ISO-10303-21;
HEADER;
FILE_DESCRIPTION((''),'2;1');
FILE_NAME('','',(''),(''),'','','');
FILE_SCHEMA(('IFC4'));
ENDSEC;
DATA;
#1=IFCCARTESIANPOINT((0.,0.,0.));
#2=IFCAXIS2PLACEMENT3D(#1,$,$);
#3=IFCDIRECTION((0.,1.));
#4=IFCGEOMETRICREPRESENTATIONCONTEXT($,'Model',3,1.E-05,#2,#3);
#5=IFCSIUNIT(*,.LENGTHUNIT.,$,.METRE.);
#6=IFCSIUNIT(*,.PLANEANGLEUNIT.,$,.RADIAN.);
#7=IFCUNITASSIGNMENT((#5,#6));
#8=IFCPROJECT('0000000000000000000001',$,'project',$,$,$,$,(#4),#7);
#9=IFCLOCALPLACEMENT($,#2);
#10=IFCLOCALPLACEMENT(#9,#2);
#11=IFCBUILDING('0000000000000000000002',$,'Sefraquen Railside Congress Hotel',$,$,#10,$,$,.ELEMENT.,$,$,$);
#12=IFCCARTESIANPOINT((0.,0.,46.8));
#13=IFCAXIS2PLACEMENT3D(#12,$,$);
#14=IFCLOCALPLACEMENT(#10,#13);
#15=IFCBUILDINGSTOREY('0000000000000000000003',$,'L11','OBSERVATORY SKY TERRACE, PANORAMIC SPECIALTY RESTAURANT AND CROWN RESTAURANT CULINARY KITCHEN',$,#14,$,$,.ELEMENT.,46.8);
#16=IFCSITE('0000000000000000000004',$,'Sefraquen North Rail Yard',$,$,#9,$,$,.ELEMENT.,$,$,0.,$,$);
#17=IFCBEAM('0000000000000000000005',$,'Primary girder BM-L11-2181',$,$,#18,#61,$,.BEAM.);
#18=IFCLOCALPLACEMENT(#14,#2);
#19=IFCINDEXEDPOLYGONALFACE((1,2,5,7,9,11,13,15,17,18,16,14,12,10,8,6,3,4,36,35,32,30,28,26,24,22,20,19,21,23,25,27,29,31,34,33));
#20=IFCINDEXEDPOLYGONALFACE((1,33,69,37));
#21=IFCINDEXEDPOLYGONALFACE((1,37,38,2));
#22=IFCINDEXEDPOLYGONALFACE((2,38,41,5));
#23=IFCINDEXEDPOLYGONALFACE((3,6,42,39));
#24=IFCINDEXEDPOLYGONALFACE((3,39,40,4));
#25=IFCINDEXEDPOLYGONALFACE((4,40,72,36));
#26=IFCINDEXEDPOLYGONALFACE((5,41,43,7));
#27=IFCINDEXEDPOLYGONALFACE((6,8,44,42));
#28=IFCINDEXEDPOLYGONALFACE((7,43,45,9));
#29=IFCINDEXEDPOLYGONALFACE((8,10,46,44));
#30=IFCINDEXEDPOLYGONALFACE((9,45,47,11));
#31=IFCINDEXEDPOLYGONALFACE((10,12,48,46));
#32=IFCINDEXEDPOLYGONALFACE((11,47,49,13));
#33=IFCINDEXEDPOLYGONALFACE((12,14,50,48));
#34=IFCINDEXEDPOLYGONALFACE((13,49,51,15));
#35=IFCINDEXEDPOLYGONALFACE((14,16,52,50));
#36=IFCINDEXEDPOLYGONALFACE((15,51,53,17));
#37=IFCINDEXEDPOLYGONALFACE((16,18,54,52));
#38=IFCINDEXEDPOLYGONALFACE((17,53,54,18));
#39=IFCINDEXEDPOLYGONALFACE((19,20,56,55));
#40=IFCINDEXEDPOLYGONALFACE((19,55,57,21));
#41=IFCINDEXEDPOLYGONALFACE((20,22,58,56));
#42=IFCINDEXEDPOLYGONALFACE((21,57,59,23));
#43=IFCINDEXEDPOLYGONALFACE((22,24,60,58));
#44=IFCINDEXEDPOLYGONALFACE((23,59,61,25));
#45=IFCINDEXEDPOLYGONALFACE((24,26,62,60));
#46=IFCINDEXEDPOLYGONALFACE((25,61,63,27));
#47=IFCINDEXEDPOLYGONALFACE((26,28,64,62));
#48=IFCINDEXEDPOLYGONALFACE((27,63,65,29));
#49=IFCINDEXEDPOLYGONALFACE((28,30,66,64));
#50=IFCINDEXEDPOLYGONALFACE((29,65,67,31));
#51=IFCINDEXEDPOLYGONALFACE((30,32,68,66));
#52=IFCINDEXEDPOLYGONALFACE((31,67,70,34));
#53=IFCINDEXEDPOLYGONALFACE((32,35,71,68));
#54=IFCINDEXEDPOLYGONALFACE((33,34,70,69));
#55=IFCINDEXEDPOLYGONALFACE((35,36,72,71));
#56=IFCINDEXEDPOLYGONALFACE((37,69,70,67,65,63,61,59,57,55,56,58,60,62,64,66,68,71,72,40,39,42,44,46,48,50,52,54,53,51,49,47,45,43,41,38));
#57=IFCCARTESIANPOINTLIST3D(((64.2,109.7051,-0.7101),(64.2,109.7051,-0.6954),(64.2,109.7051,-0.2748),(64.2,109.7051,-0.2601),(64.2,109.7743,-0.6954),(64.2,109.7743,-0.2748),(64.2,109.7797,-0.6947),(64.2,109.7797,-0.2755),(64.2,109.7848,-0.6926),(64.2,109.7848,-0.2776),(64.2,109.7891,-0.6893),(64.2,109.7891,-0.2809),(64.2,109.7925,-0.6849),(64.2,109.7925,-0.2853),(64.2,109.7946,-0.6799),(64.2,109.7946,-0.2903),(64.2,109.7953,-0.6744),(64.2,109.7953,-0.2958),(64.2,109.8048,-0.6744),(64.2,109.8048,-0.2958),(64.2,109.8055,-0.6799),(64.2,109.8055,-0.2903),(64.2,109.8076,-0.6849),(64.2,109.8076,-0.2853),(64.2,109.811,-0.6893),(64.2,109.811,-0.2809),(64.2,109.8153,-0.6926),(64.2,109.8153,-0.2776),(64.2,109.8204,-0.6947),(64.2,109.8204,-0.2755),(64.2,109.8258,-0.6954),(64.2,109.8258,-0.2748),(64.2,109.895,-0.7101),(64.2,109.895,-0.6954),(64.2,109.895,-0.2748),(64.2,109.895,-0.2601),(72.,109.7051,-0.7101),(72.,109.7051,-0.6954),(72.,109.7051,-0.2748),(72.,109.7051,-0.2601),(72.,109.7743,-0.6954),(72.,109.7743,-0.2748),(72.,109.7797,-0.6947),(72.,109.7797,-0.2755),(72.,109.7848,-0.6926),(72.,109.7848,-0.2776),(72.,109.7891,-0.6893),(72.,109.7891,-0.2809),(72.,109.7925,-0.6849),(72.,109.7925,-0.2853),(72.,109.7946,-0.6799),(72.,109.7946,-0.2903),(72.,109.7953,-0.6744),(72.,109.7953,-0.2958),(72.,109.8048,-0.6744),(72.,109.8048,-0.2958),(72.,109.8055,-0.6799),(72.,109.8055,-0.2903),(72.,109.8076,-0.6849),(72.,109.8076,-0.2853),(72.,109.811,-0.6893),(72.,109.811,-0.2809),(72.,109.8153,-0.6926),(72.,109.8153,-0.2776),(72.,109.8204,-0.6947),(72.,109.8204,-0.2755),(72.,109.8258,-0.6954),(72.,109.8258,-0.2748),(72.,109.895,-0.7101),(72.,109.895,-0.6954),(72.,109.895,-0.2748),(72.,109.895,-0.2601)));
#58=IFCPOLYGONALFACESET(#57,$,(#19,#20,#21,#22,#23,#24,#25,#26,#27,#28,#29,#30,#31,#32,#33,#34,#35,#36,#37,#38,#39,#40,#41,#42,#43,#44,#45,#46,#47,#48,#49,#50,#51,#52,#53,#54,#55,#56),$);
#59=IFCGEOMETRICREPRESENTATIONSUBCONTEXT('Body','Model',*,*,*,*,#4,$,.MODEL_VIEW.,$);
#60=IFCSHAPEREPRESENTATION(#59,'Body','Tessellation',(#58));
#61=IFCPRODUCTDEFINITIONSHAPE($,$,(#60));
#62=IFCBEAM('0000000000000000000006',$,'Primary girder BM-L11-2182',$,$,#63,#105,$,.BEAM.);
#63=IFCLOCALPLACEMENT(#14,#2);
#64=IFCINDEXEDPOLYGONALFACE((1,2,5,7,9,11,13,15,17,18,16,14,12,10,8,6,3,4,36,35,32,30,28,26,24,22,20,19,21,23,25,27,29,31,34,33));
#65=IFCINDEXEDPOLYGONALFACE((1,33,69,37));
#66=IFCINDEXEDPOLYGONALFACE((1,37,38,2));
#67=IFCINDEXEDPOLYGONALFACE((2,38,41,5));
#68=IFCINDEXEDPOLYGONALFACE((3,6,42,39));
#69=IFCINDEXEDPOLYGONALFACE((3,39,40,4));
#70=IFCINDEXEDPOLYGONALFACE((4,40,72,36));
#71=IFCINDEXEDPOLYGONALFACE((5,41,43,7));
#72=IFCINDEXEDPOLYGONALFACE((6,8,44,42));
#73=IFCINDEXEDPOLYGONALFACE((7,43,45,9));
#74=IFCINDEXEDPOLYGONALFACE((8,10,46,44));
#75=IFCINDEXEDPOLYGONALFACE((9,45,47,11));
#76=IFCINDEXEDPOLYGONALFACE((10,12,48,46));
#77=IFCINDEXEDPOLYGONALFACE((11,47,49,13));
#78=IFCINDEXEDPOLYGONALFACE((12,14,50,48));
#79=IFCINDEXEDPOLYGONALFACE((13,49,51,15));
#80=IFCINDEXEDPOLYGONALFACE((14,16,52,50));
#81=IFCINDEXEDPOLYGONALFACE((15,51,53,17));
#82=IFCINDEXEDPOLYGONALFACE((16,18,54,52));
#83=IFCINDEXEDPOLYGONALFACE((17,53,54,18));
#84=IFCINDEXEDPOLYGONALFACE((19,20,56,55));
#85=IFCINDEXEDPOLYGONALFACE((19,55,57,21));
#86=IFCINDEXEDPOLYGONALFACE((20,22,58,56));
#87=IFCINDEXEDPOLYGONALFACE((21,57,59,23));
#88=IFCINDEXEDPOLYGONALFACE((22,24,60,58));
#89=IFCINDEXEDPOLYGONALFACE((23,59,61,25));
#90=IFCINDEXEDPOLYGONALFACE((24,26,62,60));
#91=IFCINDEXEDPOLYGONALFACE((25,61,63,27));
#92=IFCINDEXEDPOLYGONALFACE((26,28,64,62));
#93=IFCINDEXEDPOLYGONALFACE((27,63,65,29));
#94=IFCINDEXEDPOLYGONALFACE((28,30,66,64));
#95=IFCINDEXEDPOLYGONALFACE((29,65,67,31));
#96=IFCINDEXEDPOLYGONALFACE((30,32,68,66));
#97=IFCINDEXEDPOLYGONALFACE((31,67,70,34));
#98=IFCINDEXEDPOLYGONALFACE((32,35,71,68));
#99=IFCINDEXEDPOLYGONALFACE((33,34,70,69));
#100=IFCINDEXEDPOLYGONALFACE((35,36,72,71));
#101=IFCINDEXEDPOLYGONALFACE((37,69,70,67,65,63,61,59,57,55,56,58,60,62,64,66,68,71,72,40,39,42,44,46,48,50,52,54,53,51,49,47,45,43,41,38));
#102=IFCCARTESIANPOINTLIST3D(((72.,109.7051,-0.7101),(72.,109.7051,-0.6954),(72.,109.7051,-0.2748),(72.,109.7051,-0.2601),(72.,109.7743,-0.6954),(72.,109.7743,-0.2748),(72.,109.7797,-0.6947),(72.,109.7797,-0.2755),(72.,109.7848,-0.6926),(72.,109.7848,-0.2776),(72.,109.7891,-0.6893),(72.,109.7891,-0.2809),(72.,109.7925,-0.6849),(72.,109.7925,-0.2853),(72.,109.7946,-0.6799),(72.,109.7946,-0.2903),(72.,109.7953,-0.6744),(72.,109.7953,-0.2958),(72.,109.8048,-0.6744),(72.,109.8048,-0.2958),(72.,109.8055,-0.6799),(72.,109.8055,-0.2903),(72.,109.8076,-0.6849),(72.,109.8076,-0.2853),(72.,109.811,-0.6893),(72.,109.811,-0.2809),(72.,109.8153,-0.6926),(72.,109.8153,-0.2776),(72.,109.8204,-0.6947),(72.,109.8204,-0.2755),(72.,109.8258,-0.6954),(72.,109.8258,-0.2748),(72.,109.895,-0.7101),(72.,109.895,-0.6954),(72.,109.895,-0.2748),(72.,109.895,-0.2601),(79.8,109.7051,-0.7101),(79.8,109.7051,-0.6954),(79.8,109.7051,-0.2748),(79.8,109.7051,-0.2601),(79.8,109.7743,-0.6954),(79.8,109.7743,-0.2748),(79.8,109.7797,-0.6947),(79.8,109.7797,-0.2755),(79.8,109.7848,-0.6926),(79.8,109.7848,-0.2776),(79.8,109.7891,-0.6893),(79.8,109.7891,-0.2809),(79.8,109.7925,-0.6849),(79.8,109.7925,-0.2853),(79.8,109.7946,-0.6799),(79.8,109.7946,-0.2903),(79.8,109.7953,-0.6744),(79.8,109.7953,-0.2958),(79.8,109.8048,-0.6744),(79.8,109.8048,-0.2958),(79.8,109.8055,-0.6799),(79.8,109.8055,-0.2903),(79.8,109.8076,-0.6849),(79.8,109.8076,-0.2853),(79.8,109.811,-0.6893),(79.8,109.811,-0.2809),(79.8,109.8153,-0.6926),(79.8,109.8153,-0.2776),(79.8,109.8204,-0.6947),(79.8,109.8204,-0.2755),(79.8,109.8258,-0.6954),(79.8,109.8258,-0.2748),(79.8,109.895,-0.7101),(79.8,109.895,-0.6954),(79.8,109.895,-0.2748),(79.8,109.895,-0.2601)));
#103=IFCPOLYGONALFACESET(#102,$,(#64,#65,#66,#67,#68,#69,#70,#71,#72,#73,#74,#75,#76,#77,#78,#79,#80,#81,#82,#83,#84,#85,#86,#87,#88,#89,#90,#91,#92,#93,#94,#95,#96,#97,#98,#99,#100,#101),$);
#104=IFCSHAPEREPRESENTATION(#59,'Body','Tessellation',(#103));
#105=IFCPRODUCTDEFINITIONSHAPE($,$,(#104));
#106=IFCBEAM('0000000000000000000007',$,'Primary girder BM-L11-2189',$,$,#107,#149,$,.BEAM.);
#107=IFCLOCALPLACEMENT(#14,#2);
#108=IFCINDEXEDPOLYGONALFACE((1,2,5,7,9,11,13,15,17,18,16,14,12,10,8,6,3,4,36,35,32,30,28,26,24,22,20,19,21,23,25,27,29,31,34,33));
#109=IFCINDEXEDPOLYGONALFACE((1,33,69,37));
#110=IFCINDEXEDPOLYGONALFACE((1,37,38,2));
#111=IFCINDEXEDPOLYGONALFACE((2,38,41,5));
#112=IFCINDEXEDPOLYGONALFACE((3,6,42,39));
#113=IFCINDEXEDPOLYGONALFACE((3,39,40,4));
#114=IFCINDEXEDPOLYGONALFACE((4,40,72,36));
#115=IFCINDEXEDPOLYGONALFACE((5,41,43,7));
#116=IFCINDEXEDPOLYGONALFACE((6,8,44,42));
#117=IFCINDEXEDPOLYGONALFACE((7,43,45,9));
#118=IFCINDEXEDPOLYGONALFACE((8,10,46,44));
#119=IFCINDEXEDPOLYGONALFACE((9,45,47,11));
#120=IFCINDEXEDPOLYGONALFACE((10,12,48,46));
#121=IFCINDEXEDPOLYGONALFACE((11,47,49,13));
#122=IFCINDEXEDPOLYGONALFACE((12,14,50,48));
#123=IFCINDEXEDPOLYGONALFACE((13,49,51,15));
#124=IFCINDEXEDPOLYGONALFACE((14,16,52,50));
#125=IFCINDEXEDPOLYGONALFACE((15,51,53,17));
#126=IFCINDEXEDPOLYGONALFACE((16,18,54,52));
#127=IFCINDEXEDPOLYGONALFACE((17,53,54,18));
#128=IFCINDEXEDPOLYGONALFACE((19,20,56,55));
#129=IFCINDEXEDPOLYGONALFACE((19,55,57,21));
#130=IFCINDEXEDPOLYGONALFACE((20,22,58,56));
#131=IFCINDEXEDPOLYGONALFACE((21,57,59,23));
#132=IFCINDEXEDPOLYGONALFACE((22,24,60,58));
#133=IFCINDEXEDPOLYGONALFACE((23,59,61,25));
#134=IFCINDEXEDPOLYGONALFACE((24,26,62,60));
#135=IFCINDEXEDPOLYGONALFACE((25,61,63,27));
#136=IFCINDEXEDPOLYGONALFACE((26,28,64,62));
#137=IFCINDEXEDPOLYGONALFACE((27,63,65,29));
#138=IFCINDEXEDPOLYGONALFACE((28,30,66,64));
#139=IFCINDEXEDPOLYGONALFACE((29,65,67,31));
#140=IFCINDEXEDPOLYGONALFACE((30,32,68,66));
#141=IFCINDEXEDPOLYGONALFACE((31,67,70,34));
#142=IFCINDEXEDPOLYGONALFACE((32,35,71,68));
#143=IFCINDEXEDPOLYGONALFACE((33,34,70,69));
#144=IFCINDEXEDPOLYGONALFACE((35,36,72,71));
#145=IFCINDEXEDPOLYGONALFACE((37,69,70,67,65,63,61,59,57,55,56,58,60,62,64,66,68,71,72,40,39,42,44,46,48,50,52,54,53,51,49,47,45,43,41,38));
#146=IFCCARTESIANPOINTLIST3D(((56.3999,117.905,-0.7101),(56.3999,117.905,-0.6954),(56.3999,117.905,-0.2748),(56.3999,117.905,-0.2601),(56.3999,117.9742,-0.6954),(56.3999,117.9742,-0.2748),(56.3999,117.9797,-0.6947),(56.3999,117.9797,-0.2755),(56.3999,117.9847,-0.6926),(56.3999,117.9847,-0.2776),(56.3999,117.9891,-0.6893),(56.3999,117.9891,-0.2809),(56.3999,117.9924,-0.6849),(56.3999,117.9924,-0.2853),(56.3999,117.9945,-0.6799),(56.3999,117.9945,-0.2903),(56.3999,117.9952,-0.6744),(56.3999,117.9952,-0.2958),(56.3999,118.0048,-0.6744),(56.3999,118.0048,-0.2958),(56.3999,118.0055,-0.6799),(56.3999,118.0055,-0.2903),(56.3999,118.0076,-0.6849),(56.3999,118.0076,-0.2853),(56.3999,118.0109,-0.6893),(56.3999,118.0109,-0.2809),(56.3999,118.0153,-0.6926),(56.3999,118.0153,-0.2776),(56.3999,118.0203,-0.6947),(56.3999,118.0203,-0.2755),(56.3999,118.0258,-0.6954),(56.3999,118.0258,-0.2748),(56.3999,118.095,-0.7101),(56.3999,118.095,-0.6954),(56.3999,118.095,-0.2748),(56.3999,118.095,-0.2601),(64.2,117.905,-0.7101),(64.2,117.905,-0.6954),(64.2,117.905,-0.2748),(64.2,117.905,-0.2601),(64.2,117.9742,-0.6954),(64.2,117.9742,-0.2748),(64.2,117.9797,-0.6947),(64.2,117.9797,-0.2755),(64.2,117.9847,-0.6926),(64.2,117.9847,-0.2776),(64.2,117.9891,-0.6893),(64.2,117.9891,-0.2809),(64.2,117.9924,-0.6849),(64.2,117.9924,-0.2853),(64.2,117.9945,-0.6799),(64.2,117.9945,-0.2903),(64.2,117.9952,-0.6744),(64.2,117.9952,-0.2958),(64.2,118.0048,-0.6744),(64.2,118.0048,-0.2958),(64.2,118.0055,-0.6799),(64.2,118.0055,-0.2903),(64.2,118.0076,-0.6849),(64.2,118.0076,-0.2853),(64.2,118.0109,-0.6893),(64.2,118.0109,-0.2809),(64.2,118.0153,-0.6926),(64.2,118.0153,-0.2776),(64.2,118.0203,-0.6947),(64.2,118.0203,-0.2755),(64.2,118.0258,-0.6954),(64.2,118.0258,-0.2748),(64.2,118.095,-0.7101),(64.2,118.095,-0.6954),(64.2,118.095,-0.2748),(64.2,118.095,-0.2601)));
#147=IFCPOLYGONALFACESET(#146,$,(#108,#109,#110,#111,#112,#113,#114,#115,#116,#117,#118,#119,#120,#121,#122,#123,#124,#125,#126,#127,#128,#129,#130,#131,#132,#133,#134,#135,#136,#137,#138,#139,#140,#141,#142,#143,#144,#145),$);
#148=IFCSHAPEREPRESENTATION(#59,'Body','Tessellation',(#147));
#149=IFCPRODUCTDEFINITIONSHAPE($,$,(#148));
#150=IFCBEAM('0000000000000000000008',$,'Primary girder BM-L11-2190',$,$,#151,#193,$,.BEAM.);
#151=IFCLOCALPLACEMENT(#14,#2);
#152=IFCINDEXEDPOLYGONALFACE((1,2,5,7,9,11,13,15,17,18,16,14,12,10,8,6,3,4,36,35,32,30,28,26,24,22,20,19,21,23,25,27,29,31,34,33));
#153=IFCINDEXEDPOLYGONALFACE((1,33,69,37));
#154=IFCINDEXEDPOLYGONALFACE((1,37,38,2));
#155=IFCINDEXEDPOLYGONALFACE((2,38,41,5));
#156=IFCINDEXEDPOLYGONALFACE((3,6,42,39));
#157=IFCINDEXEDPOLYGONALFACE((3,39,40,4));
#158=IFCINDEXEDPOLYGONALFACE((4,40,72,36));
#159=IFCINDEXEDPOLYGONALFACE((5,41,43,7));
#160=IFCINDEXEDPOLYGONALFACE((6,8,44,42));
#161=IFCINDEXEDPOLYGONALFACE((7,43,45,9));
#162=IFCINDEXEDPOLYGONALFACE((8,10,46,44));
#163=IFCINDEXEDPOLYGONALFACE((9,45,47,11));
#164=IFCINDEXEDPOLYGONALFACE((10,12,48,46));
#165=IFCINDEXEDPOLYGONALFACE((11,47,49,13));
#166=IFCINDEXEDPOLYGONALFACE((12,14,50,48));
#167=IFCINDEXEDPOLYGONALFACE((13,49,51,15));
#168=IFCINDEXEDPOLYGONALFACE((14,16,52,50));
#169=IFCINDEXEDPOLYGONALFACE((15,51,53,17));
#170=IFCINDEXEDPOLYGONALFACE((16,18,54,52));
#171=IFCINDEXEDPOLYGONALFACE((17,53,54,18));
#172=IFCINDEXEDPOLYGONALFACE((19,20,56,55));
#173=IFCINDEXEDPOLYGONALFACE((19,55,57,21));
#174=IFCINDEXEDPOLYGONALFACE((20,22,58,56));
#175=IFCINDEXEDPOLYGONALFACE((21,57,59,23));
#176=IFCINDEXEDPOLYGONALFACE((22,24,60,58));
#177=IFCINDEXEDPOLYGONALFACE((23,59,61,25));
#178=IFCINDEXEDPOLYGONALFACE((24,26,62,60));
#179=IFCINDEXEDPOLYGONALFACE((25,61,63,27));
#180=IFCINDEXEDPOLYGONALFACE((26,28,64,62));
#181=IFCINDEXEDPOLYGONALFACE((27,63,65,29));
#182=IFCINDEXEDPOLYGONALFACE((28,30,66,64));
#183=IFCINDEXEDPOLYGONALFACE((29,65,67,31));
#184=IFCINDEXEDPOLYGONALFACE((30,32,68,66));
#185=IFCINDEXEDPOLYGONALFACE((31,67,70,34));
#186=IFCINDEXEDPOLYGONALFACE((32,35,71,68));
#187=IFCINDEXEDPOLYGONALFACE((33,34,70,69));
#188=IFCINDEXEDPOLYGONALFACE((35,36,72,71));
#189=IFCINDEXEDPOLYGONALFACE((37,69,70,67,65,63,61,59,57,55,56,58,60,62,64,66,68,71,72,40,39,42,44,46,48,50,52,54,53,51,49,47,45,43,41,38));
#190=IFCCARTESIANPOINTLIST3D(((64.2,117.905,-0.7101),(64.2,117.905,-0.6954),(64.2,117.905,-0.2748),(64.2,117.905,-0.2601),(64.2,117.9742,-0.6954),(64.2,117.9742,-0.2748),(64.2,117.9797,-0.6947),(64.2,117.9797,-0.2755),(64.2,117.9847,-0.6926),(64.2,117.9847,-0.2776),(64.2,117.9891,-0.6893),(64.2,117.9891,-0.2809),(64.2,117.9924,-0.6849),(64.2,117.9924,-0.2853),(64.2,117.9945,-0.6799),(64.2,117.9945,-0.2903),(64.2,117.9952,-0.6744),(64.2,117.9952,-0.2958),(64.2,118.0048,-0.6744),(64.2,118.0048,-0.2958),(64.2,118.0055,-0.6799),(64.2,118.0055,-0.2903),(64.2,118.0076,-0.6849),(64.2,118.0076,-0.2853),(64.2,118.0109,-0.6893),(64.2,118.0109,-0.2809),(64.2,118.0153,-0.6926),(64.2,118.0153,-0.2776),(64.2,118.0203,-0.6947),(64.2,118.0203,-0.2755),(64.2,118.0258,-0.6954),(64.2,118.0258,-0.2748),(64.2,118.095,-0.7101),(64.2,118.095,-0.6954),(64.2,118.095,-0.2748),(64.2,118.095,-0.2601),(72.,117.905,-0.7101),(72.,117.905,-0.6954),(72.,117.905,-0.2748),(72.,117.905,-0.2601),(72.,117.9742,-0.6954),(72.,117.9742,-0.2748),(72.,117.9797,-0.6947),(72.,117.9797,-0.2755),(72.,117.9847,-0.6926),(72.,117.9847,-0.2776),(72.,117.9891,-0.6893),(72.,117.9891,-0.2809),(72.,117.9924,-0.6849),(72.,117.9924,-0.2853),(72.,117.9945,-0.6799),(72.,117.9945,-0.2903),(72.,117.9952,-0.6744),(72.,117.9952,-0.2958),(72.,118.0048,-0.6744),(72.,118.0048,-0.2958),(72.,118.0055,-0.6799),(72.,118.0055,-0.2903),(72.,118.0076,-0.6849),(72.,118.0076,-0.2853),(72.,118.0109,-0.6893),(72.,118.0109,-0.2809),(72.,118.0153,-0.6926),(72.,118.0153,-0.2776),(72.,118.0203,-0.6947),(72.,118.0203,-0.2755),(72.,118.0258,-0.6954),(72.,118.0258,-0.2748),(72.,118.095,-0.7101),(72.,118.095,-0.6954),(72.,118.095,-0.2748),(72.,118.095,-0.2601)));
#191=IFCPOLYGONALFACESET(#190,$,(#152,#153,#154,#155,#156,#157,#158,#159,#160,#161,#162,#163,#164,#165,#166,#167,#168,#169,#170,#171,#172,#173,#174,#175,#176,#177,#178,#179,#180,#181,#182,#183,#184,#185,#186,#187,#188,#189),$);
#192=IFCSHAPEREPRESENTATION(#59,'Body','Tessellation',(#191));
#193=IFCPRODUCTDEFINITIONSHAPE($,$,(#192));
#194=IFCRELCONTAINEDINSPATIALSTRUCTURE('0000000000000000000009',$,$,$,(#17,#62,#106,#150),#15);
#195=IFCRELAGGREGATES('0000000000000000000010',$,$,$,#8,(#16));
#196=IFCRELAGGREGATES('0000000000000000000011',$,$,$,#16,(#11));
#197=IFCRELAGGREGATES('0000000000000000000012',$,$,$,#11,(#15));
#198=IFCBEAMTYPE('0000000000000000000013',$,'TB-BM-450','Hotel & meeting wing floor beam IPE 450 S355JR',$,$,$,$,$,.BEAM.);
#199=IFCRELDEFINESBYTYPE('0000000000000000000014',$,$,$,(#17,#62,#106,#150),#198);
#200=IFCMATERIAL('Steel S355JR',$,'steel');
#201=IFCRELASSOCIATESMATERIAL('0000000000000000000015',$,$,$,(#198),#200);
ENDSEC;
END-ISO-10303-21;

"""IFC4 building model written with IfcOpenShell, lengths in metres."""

from ifc_helpers import new_model, si_unit, direction, frame, origin, origin_2d, place, context, subcontext, project, spatial, i_section, extrude, material, material_profile, profile_set, type_object, element, save


model = new_model("IFC4")

# Units and contexts
model_context = context("Model", 3, precision=1e-05, world=origin(), true_north=direction((0.0, 1.0)))
body_context = subcontext(model_context, "Body", "Model", "MODEL_VIEW")
ifc_project = project(units=[si_unit("LENGTHUNIT", "METRE"), si_unit("PLANEANGLEUNIT", "RADIAN")], contexts=[model_context])

# Site, building, storey
site_placement = place(None, origin())
site = spatial("IfcSite", under=ifc_project, at=site_placement, Name="Sefraquen North Rail Yard", CompositionType="ELEMENT", RefElevation=0.0)
building_placement = place(site_placement, origin())
building = spatial("IfcBuilding", under=site, at=building_placement, Name="Sefraquen Railside Congress Hotel", CompositionType="ELEMENT")
storey_placement = place(building_placement, frame((0.0, 0.0, 46.8)))
storey = spatial("IfcBuildingStorey", under=building, at=storey_placement, Name="L11", Description="OBSERVATORY SKY TERRACE, PANORAMIC SPECIALTY RESTAURANT AND CROWN RESTAURANT CULINARY KITCHEN", CompositionType="ELEMENT", Elevation=46.8)

# Shared definitions
ifc_material_1 = material(Name="Steel S355JR", Category="steel")

# Beams
ifc_material_profile_1 = material_profile(ifc_material_1, i_section(OverallWidth=0.1899, OverallDepth=0.45, WebThickness=0.0095, FlangeThickness=0.0146, FilletRadius=0.021, at=origin_2d()), Name="IPE 450")
ifc_profile_set_1 = profile_set([ifc_material_profile_1], Name="Steel S355JR")
beam_type_1 = type_object("IfcBeamType", Name="TB-BM-450", Description="Hotel & meeting wing floor beam IPE 450 S355JR", PredefinedType="BEAM", material=ifc_profile_set_1)
for number, where, z_axis, x_axis, name in (
    (1, (64.2, 109.8, -0.4851), (1.0, 0.0, 0.0), (0.0, 1.0, 0.0), "Primary girder BM-L11-2181"),
    (2, (72.0, 109.8, -0.4851), (1.0, 0.0, 0.0), (0.0, 1.0, 0.0), "Primary girder BM-L11-2182"),
    (3, (56.3999, 118.0, -0.4851), (1.0, 0.0, 0.0), (0.0, 1.0, 0.0), "Primary girder BM-L11-2189"),
    (4, (64.2, 118.0, -0.4851), (1.0, 0.0, 0.0), (0.0, 1.0, 0.0), "Primary girder BM-L11-2190"),
):
    element("IfcBeam", number, at=place(storey_placement, frame(where, z_axis=z_axis, x_axis=x_axis)), inside=storey, type_object=beam_type_1, Name=name, PredefinedType="BEAM", context=body_context, shape_type="SweptSolid", body=[
        extrude(i_section(OverallWidth=0.1899, OverallDepth=0.45, WebThickness=0.0095, FlangeThickness=0.0146, FilletRadius=0.021, at=origin_2d()), origin(), (0.0, 0.0, 1.0), 7.8),
    ])

save(model, "model.ifc")
